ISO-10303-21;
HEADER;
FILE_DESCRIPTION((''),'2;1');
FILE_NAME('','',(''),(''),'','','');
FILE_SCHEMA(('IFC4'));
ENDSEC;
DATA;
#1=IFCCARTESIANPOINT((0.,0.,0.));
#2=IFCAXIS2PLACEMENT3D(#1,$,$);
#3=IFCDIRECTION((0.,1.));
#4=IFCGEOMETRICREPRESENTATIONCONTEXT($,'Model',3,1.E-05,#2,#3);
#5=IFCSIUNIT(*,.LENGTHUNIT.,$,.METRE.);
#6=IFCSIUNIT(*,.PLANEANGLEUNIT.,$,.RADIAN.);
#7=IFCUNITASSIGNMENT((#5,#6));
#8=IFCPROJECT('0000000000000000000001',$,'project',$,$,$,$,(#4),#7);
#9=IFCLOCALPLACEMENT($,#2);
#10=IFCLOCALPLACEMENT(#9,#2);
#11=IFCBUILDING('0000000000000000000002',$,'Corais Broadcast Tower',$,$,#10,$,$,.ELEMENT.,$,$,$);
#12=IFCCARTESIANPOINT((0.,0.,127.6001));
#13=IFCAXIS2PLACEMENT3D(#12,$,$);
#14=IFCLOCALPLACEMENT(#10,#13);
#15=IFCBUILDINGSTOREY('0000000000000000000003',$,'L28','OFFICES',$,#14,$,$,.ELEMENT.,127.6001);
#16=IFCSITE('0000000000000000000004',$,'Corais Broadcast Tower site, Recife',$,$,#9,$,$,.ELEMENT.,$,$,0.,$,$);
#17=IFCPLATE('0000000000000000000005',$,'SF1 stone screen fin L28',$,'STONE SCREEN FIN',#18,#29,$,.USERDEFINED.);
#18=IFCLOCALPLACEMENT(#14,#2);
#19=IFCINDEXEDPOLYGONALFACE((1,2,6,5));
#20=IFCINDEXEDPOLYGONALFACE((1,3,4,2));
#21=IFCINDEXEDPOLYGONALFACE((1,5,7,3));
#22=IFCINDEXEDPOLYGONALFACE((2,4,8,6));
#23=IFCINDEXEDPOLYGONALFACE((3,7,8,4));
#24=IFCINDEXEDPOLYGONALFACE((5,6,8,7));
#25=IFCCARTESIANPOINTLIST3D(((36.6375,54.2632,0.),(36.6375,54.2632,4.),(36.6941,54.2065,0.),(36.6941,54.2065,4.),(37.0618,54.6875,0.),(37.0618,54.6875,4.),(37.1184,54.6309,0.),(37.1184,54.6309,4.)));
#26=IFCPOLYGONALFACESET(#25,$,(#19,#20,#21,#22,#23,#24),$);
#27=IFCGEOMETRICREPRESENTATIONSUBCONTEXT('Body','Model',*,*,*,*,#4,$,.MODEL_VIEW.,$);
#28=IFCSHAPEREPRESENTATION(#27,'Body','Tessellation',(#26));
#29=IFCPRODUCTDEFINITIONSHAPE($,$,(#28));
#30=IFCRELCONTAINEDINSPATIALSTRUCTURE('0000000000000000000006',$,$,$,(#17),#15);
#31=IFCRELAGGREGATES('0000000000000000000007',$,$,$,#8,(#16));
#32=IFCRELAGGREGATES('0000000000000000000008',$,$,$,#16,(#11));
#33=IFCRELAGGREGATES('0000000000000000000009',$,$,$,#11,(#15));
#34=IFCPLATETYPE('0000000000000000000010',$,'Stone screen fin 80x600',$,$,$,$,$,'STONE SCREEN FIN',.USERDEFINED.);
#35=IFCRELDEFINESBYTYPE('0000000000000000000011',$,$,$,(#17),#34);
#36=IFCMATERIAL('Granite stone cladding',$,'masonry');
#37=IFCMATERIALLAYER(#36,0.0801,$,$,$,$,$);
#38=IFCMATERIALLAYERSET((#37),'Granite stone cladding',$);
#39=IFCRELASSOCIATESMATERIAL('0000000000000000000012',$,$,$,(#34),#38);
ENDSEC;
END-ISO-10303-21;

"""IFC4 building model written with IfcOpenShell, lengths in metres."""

from ifc_helpers import new_model, si_unit, direction, frame, origin, origin_2d, place, context, subcontext, project, spatial, rectangle, extrude, material, layer, layer_set, type_object, element, save


model = new_model("IFC4")

# Units and contexts
model_context = context("Model", 3, precision=1e-05, world=origin(), true_north=direction((0.0, 1.0)))
body_context = subcontext(model_context, "Body", "Model", "MODEL_VIEW")
ifc_project = project(units=[si_unit("LENGTHUNIT", "METRE"), si_unit("PLANEANGLEUNIT", "RADIAN")], contexts=[model_context])

# Site, building, storey
site_placement = place(None, origin())
site = spatial("IfcSite", under=ifc_project, at=site_placement, Name="Corais Broadcast Tower site, Recife", CompositionType="ELEMENT", RefElevation=0.0)
building_placement = place(site_placement, origin())
building = spatial("IfcBuilding", under=site, at=building_placement, Name="Corais Broadcast Tower", CompositionType="ELEMENT")
storey_placement = place(building_placement, frame((0.0, 0.0, 127.6001)))
storey = spatial("IfcBuildingStorey", under=building, at=storey_placement, Name="L28", Description="OFFICES", CompositionType="ELEMENT", Elevation=127.6001)

# Plate
ifc_material_1 = material(Name="Granite stone cladding", Category="masonry")
ifc_layer_1 = layer(ifc_material_1, 0.0801)
ifc_layer_set_1 = layer_set([ifc_layer_1], Name="Granite stone cladding")
plate_type_1 = type_object("IfcPlateType", Name="Stone screen fin 80x600", ElementType="STONE SCREEN FIN", PredefinedType="USERDEFINED", material=ifc_layer_set_1)
plate_1_placement = place(storey_placement, frame((36.8779, 54.447, 0.0), z_axis=(0.0, 0.0, 1.0), x_axis=(0.707107, -0.707107, 0.0)))
element("IfcPlate", 1, at=plate_1_placement, inside=storey, type_object=plate_type_1, Name="SF1 stone screen fin L28", ObjectType="STONE SCREEN FIN", PredefinedType="USERDEFINED", context=body_context, shape_type="SweptSolid", body=[
    extrude(rectangle(XDim=0.0801, YDim=0.6001, at=origin_2d()), origin(), (0.0, 0.0, 1.0), 4.0),
])

save(model, "model.ifc")
